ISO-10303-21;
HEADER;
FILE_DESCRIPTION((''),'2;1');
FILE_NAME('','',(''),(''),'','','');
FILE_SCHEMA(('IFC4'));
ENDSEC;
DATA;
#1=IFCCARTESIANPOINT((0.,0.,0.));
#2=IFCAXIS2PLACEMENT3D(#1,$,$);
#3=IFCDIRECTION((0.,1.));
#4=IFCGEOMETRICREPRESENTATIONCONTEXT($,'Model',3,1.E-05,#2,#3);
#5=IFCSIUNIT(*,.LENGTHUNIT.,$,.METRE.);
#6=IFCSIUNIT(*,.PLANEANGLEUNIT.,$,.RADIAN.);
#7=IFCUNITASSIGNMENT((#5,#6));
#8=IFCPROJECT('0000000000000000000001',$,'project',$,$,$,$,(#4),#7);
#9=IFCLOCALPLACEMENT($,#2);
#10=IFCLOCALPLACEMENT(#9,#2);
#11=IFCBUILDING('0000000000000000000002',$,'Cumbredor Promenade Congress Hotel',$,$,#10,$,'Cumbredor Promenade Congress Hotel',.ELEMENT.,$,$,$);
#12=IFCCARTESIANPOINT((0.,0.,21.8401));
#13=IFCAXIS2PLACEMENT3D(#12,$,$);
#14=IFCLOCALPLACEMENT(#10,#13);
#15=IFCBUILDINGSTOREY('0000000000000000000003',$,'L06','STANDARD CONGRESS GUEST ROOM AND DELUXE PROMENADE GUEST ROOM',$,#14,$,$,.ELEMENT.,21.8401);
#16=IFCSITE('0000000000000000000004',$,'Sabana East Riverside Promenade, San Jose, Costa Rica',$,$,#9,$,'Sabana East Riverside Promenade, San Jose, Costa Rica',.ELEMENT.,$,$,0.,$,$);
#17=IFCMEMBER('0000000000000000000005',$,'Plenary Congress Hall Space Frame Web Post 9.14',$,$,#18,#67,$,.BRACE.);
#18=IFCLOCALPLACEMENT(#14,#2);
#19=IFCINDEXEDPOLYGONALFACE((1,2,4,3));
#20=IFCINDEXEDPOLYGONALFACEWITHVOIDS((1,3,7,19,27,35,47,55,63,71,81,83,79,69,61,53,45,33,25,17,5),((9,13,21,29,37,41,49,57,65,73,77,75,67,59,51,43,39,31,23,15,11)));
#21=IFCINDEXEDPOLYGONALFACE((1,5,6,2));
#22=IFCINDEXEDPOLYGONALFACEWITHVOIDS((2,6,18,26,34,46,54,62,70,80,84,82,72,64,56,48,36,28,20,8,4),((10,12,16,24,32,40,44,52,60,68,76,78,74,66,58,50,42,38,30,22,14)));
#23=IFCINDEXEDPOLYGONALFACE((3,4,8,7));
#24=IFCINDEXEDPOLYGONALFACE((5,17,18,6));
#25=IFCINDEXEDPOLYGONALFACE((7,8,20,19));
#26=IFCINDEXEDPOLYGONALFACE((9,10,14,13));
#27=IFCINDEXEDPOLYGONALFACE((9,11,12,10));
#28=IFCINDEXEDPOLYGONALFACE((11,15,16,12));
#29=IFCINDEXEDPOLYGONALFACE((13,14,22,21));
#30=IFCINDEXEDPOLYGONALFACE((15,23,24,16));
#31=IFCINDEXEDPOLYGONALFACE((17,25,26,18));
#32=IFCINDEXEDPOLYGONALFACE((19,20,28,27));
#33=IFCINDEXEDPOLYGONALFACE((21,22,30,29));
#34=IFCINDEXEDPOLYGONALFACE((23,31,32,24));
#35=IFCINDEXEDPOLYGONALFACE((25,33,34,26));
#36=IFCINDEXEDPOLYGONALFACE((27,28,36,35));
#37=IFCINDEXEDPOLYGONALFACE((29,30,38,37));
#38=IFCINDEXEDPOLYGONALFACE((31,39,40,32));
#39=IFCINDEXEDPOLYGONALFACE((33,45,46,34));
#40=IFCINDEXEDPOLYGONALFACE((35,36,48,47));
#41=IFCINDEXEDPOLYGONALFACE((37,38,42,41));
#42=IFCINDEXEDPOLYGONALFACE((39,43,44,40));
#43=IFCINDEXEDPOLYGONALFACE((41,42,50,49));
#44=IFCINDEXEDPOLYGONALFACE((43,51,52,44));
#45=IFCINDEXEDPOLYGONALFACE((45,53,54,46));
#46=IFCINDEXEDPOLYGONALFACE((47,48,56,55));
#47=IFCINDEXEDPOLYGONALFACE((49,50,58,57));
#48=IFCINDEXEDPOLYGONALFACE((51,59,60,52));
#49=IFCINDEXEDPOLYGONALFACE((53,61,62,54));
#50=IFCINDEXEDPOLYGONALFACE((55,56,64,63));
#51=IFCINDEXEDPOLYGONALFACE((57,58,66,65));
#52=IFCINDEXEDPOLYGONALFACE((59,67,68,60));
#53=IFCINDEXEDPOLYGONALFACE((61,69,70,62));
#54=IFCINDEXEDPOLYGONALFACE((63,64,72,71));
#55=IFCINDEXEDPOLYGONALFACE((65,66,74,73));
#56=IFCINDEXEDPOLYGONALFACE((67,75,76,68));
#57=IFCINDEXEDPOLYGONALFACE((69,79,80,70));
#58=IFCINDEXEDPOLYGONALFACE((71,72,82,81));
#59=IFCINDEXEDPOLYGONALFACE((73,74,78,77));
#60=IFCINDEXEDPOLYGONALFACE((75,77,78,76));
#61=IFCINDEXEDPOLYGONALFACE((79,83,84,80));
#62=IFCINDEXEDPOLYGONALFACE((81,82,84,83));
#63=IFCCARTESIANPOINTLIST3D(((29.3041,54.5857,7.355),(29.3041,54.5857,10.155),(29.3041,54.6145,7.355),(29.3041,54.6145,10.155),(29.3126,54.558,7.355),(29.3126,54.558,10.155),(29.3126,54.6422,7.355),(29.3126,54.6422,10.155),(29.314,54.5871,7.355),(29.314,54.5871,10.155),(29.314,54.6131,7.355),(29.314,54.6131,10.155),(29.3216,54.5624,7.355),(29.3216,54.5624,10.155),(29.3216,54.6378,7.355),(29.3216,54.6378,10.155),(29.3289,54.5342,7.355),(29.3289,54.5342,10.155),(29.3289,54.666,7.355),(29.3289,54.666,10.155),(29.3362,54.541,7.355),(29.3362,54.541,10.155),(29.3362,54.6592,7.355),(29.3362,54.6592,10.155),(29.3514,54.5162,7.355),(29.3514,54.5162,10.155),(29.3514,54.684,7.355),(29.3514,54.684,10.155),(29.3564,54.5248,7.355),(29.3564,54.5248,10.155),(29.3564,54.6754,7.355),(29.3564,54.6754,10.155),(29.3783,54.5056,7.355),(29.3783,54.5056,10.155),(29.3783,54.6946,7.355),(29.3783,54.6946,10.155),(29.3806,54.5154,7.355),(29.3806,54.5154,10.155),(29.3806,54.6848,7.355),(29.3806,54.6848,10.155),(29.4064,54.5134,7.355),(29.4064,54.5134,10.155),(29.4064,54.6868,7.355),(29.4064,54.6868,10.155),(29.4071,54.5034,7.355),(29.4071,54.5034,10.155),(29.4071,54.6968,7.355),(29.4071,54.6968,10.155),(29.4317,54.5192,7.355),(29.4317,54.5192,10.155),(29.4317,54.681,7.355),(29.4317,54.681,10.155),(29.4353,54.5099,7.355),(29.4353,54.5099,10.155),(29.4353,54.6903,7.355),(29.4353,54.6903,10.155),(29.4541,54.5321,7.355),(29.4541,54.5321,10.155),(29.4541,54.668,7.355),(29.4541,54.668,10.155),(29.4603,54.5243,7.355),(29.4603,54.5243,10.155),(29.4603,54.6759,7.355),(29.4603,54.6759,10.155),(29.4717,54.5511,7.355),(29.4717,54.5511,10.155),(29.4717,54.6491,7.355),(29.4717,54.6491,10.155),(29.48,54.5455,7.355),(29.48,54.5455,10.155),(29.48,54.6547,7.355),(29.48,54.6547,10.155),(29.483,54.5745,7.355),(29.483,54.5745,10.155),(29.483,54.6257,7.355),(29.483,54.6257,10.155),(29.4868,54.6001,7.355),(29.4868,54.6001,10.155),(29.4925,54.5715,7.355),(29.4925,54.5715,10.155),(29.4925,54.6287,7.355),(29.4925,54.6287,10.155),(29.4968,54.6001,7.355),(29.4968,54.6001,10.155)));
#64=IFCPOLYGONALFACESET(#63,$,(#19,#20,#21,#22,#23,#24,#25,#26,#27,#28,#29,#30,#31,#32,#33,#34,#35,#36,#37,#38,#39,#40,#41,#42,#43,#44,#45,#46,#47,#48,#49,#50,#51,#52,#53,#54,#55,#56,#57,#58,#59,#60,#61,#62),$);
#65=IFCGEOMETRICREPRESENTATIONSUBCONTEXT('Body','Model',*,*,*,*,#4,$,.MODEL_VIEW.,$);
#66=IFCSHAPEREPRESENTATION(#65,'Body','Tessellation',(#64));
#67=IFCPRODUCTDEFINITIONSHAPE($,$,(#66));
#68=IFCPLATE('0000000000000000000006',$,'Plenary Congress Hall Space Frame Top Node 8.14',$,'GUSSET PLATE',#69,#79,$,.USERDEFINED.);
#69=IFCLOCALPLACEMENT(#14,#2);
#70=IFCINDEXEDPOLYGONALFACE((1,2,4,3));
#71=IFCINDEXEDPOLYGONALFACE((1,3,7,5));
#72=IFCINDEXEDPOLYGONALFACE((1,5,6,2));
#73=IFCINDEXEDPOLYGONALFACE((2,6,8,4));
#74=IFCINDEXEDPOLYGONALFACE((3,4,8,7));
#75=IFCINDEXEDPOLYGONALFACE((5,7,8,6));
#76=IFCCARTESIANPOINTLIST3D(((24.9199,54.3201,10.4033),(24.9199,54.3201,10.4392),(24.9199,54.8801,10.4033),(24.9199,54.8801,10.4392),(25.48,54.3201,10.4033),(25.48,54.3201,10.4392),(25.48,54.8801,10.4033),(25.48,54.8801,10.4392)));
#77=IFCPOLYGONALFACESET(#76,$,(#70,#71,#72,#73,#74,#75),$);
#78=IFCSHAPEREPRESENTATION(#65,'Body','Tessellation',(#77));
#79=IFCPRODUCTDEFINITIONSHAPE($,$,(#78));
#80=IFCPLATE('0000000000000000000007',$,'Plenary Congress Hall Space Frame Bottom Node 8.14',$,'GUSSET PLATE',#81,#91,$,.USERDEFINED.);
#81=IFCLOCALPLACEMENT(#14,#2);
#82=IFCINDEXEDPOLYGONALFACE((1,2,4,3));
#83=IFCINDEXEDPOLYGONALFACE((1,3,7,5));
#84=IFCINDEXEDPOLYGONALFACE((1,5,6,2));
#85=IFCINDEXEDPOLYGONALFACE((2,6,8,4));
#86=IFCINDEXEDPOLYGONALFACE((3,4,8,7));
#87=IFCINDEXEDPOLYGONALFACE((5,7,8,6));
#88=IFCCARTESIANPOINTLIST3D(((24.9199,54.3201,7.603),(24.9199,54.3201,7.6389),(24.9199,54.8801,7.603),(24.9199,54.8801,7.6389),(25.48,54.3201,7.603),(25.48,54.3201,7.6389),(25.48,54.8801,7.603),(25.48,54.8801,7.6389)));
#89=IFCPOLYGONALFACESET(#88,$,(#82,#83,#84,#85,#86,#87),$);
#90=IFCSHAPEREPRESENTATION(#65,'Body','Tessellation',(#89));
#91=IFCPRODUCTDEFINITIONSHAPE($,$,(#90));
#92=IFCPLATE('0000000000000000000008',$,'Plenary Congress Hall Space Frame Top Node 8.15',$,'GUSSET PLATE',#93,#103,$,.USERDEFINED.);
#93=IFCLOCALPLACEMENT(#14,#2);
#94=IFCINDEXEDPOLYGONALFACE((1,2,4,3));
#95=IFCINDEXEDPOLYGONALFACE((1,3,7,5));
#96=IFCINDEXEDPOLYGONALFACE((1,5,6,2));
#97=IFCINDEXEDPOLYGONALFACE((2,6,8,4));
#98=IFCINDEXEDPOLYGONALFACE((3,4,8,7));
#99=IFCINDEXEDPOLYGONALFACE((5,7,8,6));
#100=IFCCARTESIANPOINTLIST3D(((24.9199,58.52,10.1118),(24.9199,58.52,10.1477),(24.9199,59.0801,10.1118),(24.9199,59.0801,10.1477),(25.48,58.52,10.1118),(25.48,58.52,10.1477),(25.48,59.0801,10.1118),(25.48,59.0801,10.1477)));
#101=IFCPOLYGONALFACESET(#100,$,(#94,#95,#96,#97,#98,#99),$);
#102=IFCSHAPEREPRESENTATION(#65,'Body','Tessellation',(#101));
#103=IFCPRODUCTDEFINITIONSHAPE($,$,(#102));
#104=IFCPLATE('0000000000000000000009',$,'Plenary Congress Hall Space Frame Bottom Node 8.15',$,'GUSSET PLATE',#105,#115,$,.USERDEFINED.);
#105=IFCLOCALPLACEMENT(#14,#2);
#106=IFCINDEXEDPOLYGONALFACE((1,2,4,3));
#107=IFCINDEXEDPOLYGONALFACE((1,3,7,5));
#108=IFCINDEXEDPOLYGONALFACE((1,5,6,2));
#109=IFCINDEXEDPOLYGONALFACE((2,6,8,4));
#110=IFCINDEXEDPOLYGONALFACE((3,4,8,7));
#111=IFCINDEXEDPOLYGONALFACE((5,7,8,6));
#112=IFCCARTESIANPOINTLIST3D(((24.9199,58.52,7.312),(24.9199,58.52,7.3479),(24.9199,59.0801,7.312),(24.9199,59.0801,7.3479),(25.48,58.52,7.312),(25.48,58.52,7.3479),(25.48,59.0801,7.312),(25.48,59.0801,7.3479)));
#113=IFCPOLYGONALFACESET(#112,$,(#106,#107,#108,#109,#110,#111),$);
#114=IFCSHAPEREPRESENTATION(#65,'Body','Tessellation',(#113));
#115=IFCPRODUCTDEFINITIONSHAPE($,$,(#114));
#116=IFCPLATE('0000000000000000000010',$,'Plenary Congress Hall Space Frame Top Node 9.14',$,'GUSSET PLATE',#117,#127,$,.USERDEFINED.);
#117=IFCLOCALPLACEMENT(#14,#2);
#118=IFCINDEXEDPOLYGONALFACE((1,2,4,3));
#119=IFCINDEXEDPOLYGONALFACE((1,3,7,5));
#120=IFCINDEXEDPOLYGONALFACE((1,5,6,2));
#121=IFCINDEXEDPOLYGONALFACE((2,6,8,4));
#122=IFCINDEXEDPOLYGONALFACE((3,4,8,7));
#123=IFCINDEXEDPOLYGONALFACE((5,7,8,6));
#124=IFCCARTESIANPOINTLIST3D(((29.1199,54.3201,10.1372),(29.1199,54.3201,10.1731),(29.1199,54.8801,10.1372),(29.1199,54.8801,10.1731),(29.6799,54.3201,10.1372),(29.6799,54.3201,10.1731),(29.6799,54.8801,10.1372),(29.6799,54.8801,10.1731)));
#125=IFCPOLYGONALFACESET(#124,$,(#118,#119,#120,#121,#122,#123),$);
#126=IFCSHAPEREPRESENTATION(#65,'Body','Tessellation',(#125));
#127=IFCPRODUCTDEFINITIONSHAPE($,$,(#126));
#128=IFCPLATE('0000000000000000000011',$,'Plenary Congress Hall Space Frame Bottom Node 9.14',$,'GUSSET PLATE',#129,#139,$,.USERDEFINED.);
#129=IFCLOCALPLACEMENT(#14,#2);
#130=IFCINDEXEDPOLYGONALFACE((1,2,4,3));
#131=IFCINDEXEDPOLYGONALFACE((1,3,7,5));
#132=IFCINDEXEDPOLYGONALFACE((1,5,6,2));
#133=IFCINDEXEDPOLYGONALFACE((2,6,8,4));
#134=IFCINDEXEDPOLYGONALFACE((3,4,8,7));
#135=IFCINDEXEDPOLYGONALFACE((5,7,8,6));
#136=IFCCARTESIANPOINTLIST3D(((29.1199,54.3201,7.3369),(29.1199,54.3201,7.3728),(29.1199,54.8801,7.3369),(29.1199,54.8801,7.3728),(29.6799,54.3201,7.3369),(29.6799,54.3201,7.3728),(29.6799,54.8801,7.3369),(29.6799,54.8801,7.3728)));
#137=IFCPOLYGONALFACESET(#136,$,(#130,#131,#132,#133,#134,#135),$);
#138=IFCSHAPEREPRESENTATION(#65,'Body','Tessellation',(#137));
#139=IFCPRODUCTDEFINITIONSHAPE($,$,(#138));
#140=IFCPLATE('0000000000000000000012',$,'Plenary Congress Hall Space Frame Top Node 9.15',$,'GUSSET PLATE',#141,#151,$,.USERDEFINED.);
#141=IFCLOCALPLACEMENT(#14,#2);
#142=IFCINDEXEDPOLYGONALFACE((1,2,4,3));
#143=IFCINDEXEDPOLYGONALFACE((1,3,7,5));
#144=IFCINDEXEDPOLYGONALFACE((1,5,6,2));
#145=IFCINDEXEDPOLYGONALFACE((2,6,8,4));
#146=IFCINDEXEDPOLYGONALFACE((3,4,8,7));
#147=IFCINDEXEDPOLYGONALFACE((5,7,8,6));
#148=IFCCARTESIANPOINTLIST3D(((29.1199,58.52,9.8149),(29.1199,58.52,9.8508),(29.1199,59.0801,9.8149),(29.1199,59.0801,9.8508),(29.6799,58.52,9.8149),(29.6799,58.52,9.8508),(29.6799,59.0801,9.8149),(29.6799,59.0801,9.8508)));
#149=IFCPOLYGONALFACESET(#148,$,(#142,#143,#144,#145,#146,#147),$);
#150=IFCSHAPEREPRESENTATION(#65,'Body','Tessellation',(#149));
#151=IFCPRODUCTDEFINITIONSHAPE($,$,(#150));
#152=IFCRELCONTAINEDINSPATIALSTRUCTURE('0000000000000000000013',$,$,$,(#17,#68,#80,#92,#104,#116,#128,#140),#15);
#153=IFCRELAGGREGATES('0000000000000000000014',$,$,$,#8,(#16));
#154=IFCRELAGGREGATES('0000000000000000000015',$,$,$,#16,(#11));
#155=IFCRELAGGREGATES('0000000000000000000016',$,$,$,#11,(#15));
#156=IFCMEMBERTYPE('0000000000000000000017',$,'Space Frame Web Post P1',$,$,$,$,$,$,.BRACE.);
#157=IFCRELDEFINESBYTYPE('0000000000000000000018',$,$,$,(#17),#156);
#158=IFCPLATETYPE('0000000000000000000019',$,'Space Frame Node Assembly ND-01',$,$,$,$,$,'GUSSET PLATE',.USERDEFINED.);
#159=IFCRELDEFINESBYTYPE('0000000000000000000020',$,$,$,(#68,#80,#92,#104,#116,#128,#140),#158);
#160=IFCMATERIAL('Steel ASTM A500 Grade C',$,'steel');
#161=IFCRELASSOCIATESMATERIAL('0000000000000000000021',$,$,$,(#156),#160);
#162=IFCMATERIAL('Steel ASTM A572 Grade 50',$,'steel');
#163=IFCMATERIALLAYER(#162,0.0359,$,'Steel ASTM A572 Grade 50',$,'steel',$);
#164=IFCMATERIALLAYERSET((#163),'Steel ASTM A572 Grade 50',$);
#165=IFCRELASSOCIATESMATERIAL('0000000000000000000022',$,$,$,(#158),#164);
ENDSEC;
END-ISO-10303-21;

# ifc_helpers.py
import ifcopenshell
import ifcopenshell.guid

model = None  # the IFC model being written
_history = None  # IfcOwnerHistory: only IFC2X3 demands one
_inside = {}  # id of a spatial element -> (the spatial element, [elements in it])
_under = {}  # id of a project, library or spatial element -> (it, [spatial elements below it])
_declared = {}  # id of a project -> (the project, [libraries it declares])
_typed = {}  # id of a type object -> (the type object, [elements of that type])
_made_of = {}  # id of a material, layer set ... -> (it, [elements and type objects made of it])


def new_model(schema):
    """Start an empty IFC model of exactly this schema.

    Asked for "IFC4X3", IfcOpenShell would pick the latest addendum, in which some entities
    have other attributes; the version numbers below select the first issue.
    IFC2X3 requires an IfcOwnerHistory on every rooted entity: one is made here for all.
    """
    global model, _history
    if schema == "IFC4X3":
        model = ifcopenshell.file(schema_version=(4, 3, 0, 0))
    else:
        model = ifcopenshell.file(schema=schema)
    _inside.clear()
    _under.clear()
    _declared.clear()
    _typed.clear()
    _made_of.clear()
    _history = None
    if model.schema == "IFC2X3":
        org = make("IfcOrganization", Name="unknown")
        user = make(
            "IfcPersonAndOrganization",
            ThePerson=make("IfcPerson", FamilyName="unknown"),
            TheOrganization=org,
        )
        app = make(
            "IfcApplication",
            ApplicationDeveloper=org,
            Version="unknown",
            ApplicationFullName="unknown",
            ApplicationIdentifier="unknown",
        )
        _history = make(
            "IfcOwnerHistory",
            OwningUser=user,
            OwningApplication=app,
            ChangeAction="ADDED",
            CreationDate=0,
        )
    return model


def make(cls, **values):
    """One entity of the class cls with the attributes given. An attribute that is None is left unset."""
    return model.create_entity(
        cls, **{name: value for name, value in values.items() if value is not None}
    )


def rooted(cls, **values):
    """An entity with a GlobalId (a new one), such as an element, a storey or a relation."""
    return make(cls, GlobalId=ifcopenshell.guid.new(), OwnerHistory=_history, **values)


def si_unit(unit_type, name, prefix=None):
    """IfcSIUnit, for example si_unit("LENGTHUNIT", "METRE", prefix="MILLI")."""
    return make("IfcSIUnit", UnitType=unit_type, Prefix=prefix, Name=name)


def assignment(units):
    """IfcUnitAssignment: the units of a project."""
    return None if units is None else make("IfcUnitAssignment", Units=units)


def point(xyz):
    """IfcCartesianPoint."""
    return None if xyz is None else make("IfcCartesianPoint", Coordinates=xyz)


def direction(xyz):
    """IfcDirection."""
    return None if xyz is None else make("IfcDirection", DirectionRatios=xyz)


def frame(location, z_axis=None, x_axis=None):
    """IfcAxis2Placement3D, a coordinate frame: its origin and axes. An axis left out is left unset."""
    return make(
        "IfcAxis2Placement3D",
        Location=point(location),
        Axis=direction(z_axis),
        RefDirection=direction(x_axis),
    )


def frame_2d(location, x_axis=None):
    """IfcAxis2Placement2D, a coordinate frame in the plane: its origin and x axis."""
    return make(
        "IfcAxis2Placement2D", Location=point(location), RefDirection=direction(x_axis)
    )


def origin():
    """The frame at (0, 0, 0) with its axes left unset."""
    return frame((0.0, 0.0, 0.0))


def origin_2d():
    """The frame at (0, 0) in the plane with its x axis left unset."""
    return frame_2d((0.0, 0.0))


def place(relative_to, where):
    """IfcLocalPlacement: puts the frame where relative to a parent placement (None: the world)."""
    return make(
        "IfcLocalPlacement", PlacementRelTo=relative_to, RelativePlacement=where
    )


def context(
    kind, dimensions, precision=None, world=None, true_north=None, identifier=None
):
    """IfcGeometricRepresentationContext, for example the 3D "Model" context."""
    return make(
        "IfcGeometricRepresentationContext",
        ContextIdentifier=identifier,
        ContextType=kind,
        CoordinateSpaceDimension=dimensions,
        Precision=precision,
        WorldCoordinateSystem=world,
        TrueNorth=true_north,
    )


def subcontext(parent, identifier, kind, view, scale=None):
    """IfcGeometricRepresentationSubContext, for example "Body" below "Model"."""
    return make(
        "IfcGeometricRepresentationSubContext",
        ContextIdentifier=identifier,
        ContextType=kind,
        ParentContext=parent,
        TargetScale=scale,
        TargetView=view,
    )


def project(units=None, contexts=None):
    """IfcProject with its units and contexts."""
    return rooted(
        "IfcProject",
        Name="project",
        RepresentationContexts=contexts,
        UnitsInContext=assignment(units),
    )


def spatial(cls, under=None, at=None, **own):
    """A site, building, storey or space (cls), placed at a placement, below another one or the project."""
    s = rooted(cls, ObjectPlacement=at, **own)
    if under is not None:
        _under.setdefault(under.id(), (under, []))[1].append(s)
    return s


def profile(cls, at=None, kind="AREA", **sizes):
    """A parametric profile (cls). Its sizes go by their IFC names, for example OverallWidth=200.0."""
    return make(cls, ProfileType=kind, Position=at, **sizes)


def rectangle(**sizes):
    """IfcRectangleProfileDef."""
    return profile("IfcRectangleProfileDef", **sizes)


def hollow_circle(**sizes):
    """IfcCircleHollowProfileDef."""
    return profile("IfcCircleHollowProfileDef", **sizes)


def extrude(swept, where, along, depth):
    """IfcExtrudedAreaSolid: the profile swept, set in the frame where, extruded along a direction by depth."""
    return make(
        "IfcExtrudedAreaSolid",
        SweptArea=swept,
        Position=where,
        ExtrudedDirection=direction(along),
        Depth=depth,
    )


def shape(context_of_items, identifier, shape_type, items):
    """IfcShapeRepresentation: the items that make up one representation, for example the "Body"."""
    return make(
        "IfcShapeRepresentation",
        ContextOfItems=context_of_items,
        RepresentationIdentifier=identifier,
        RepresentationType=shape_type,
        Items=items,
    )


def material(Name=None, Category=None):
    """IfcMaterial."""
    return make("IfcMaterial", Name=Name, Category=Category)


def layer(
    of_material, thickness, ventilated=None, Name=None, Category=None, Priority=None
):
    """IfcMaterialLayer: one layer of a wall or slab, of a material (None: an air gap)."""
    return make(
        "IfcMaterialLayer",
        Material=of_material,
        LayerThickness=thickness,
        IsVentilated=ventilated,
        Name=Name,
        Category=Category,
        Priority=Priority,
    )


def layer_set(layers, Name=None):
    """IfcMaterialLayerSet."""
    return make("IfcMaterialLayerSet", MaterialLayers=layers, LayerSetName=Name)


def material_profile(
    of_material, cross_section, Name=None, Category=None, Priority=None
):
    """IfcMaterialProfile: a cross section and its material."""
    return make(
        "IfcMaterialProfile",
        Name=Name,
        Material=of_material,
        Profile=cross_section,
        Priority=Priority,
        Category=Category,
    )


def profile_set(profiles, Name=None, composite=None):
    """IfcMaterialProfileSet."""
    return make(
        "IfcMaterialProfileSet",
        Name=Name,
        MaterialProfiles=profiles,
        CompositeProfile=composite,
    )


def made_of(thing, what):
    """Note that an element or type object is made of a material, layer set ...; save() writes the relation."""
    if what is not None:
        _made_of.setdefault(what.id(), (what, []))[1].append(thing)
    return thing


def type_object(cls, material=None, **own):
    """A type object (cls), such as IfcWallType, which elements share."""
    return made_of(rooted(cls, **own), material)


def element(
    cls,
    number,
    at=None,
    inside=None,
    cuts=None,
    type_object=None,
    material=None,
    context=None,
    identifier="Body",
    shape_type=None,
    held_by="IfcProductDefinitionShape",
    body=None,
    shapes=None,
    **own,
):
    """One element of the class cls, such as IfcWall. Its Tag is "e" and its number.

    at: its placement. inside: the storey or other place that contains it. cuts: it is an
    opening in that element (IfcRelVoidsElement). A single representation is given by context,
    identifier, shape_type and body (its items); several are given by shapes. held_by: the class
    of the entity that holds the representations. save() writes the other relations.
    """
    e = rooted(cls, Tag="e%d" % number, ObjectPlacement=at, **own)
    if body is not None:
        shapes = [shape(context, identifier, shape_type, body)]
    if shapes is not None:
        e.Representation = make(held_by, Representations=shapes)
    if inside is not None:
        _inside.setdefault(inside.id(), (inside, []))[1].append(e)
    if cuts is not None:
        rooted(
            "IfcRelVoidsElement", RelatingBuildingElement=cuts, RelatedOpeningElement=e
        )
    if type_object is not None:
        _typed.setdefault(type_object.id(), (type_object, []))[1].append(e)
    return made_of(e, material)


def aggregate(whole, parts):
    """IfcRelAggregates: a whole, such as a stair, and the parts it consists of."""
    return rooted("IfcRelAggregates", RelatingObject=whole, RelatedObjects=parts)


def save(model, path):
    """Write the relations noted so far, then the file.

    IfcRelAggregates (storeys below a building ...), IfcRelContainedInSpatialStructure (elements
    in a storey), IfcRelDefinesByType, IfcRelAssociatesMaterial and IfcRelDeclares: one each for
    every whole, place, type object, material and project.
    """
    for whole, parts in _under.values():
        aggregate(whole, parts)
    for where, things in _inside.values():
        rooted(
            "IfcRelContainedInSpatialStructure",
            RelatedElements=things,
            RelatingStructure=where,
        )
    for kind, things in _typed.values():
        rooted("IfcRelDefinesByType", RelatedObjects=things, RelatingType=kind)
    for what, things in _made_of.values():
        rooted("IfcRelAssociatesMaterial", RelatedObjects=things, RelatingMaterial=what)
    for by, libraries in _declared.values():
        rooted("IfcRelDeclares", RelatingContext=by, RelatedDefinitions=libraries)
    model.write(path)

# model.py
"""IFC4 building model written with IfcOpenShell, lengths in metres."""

from ifc_helpers import new_model, si_unit, direction, frame, origin, origin_2d, place, context, subcontext, project, spatial, rectangle, hollow_circle, extrude, material, layer, layer_set, material_profile, profile_set, type_object, element, save


model = new_model("IFC4")

# Units and contexts
model_context = context("Model", 3, precision=1e-05, world=origin(), true_north=direction((0.0, 1.0)))
body_context = subcontext(model_context, "Body", "Model", "MODEL_VIEW")
ifc_project = project(units=[si_unit("LENGTHUNIT", "METRE"), si_unit("PLANEANGLEUNIT", "RADIAN")], contexts=[model_context])

# Site, building, storey
site_placement = place(None, origin())
site = spatial("IfcSite", under=ifc_project, at=site_placement, Name="Sabana East Riverside Promenade, San Jose, Costa Rica", LongName="Sabana East Riverside Promenade, San Jose, Costa Rica", CompositionType="ELEMENT", RefElevation=0.0)
building_placement = place(site_placement, origin())
building = spatial("IfcBuilding", under=site, at=building_placement, Name="Cumbredor Promenade Congress Hotel", LongName="Cumbredor Promenade Congress Hotel", CompositionType="ELEMENT")
storey_placement = place(building_placement, frame((0.0, 0.0, 21.8401)))
storey = spatial("IfcBuildingStorey", under=building, at=storey_placement, Name="L06", Description="STANDARD CONGRESS GUEST ROOM AND DELUXE PROMENADE GUEST ROOM", CompositionType="ELEMENT", Elevation=21.8401)

# Member
ifc_material_1 = material(Name="Steel ASTM A500 Grade C", Category="steel")
ifc_material_profile_1 = material_profile(ifc_material_1, hollow_circle(Radius=0.0969, WallThickness=0.01, at=origin_2d()), Name="CHS 193.7x10")
ifc_profile_set_1 = profile_set([ifc_material_profile_1], Name="Steel ASTM A500 Grade C")
member_type_1 = type_object("IfcMemberType", Name="Space Frame Web Post P1", PredefinedType="BRACE", material=ifc_profile_set_1)
for number, where, z_axis, x_axis, name in (
    (1, (29.3999, 54.6001, 7.355), (0.0, 0.0, 1.0), (1.0, 0.0, 0.0), "Plenary Congress Hall Space Frame Web Post 9.14"),
):
    element("IfcMember", number, at=place(storey_placement, frame(where, z_axis=z_axis, x_axis=x_axis)), inside=storey, type_object=member_type_1, Name=name, PredefinedType="BRACE", context=body_context, shape_type="SweptSolid", body=[
        extrude(hollow_circle(Radius=0.0969, WallThickness=0.01, at=origin_2d()), origin(), (0.0, 0.0, 1.0), 2.8),
    ])

# Plates
ifc_material_2 = material(Name="Steel ASTM A572 Grade 50", Category="steel")
ifc_layer = layer(ifc_material_2, 0.0359, Name="Steel ASTM A572 Grade 50", Category="steel")
ifc_layer_set = layer_set([ifc_layer], Name="Steel ASTM A572 Grade 50")
plate_type = type_object("IfcPlateType", Name="Space Frame Node Assembly ND-01", ElementType="GUSSET PLATE", PredefinedType="USERDEFINED", material=ifc_layer_set)
for number, where, z_axis, x_axis, name in (
    (2, (25.2, 54.6001, 10.4033), (0.0, 0.0, 1.0), (1.0, 0.0, 0.0), "Plenary Congress Hall Space Frame Top Node 8.14"),
    (3, (25.2, 54.6001, 7.603), (0.0, 0.0, 1.0), (1.0, 0.0, 0.0), "Plenary Congress Hall Space Frame Bottom Node 8.14"),
    (4, (25.2, 58.8, 10.1118), (0.0, 0.0, 1.0), (1.0, 0.0, 0.0), "Plenary Congress Hall Space Frame Top Node 8.15"),
    (5, (25.2, 58.8, 7.312), (0.0, 0.0, 1.0), (1.0, 0.0, 0.0), "Plenary Congress Hall Space Frame Bottom Node 8.15"),
    (6, (29.3999, 54.6001, 10.1372), (0.0, 0.0, 1.0), (1.0, 0.0, 0.0), "Plenary Congress Hall Space Frame Top Node 9.14"),
    (7, (29.3999, 54.6001, 7.3369), (0.0, 0.0, 1.0), (1.0, 0.0, 0.0), "Plenary Congress Hall Space Frame Bottom Node 9.14"),
    (8, (29.3999, 58.8, 9.8149), (0.0, 0.0, 1.0), (1.0, 0.0, 0.0), "Plenary Congress Hall Space Frame Top Node 9.15"),
):
    element("IfcPlate", number, at=place(storey_placement, frame(where, z_axis=z_axis, x_axis=x_axis)), inside=storey, type_object=plate_type, Name=name, ObjectType="GUSSET PLATE", PredefinedType="USERDEFINED", context=body_context, shape_type="SweptSolid", body=[
        extrude(rectangle(XDim=0.5601, YDim=0.5601, at=origin_2d()), origin(), (0.0, 0.0, 1.0), 0.0359),
    ])

save(model, "model.ifc")
